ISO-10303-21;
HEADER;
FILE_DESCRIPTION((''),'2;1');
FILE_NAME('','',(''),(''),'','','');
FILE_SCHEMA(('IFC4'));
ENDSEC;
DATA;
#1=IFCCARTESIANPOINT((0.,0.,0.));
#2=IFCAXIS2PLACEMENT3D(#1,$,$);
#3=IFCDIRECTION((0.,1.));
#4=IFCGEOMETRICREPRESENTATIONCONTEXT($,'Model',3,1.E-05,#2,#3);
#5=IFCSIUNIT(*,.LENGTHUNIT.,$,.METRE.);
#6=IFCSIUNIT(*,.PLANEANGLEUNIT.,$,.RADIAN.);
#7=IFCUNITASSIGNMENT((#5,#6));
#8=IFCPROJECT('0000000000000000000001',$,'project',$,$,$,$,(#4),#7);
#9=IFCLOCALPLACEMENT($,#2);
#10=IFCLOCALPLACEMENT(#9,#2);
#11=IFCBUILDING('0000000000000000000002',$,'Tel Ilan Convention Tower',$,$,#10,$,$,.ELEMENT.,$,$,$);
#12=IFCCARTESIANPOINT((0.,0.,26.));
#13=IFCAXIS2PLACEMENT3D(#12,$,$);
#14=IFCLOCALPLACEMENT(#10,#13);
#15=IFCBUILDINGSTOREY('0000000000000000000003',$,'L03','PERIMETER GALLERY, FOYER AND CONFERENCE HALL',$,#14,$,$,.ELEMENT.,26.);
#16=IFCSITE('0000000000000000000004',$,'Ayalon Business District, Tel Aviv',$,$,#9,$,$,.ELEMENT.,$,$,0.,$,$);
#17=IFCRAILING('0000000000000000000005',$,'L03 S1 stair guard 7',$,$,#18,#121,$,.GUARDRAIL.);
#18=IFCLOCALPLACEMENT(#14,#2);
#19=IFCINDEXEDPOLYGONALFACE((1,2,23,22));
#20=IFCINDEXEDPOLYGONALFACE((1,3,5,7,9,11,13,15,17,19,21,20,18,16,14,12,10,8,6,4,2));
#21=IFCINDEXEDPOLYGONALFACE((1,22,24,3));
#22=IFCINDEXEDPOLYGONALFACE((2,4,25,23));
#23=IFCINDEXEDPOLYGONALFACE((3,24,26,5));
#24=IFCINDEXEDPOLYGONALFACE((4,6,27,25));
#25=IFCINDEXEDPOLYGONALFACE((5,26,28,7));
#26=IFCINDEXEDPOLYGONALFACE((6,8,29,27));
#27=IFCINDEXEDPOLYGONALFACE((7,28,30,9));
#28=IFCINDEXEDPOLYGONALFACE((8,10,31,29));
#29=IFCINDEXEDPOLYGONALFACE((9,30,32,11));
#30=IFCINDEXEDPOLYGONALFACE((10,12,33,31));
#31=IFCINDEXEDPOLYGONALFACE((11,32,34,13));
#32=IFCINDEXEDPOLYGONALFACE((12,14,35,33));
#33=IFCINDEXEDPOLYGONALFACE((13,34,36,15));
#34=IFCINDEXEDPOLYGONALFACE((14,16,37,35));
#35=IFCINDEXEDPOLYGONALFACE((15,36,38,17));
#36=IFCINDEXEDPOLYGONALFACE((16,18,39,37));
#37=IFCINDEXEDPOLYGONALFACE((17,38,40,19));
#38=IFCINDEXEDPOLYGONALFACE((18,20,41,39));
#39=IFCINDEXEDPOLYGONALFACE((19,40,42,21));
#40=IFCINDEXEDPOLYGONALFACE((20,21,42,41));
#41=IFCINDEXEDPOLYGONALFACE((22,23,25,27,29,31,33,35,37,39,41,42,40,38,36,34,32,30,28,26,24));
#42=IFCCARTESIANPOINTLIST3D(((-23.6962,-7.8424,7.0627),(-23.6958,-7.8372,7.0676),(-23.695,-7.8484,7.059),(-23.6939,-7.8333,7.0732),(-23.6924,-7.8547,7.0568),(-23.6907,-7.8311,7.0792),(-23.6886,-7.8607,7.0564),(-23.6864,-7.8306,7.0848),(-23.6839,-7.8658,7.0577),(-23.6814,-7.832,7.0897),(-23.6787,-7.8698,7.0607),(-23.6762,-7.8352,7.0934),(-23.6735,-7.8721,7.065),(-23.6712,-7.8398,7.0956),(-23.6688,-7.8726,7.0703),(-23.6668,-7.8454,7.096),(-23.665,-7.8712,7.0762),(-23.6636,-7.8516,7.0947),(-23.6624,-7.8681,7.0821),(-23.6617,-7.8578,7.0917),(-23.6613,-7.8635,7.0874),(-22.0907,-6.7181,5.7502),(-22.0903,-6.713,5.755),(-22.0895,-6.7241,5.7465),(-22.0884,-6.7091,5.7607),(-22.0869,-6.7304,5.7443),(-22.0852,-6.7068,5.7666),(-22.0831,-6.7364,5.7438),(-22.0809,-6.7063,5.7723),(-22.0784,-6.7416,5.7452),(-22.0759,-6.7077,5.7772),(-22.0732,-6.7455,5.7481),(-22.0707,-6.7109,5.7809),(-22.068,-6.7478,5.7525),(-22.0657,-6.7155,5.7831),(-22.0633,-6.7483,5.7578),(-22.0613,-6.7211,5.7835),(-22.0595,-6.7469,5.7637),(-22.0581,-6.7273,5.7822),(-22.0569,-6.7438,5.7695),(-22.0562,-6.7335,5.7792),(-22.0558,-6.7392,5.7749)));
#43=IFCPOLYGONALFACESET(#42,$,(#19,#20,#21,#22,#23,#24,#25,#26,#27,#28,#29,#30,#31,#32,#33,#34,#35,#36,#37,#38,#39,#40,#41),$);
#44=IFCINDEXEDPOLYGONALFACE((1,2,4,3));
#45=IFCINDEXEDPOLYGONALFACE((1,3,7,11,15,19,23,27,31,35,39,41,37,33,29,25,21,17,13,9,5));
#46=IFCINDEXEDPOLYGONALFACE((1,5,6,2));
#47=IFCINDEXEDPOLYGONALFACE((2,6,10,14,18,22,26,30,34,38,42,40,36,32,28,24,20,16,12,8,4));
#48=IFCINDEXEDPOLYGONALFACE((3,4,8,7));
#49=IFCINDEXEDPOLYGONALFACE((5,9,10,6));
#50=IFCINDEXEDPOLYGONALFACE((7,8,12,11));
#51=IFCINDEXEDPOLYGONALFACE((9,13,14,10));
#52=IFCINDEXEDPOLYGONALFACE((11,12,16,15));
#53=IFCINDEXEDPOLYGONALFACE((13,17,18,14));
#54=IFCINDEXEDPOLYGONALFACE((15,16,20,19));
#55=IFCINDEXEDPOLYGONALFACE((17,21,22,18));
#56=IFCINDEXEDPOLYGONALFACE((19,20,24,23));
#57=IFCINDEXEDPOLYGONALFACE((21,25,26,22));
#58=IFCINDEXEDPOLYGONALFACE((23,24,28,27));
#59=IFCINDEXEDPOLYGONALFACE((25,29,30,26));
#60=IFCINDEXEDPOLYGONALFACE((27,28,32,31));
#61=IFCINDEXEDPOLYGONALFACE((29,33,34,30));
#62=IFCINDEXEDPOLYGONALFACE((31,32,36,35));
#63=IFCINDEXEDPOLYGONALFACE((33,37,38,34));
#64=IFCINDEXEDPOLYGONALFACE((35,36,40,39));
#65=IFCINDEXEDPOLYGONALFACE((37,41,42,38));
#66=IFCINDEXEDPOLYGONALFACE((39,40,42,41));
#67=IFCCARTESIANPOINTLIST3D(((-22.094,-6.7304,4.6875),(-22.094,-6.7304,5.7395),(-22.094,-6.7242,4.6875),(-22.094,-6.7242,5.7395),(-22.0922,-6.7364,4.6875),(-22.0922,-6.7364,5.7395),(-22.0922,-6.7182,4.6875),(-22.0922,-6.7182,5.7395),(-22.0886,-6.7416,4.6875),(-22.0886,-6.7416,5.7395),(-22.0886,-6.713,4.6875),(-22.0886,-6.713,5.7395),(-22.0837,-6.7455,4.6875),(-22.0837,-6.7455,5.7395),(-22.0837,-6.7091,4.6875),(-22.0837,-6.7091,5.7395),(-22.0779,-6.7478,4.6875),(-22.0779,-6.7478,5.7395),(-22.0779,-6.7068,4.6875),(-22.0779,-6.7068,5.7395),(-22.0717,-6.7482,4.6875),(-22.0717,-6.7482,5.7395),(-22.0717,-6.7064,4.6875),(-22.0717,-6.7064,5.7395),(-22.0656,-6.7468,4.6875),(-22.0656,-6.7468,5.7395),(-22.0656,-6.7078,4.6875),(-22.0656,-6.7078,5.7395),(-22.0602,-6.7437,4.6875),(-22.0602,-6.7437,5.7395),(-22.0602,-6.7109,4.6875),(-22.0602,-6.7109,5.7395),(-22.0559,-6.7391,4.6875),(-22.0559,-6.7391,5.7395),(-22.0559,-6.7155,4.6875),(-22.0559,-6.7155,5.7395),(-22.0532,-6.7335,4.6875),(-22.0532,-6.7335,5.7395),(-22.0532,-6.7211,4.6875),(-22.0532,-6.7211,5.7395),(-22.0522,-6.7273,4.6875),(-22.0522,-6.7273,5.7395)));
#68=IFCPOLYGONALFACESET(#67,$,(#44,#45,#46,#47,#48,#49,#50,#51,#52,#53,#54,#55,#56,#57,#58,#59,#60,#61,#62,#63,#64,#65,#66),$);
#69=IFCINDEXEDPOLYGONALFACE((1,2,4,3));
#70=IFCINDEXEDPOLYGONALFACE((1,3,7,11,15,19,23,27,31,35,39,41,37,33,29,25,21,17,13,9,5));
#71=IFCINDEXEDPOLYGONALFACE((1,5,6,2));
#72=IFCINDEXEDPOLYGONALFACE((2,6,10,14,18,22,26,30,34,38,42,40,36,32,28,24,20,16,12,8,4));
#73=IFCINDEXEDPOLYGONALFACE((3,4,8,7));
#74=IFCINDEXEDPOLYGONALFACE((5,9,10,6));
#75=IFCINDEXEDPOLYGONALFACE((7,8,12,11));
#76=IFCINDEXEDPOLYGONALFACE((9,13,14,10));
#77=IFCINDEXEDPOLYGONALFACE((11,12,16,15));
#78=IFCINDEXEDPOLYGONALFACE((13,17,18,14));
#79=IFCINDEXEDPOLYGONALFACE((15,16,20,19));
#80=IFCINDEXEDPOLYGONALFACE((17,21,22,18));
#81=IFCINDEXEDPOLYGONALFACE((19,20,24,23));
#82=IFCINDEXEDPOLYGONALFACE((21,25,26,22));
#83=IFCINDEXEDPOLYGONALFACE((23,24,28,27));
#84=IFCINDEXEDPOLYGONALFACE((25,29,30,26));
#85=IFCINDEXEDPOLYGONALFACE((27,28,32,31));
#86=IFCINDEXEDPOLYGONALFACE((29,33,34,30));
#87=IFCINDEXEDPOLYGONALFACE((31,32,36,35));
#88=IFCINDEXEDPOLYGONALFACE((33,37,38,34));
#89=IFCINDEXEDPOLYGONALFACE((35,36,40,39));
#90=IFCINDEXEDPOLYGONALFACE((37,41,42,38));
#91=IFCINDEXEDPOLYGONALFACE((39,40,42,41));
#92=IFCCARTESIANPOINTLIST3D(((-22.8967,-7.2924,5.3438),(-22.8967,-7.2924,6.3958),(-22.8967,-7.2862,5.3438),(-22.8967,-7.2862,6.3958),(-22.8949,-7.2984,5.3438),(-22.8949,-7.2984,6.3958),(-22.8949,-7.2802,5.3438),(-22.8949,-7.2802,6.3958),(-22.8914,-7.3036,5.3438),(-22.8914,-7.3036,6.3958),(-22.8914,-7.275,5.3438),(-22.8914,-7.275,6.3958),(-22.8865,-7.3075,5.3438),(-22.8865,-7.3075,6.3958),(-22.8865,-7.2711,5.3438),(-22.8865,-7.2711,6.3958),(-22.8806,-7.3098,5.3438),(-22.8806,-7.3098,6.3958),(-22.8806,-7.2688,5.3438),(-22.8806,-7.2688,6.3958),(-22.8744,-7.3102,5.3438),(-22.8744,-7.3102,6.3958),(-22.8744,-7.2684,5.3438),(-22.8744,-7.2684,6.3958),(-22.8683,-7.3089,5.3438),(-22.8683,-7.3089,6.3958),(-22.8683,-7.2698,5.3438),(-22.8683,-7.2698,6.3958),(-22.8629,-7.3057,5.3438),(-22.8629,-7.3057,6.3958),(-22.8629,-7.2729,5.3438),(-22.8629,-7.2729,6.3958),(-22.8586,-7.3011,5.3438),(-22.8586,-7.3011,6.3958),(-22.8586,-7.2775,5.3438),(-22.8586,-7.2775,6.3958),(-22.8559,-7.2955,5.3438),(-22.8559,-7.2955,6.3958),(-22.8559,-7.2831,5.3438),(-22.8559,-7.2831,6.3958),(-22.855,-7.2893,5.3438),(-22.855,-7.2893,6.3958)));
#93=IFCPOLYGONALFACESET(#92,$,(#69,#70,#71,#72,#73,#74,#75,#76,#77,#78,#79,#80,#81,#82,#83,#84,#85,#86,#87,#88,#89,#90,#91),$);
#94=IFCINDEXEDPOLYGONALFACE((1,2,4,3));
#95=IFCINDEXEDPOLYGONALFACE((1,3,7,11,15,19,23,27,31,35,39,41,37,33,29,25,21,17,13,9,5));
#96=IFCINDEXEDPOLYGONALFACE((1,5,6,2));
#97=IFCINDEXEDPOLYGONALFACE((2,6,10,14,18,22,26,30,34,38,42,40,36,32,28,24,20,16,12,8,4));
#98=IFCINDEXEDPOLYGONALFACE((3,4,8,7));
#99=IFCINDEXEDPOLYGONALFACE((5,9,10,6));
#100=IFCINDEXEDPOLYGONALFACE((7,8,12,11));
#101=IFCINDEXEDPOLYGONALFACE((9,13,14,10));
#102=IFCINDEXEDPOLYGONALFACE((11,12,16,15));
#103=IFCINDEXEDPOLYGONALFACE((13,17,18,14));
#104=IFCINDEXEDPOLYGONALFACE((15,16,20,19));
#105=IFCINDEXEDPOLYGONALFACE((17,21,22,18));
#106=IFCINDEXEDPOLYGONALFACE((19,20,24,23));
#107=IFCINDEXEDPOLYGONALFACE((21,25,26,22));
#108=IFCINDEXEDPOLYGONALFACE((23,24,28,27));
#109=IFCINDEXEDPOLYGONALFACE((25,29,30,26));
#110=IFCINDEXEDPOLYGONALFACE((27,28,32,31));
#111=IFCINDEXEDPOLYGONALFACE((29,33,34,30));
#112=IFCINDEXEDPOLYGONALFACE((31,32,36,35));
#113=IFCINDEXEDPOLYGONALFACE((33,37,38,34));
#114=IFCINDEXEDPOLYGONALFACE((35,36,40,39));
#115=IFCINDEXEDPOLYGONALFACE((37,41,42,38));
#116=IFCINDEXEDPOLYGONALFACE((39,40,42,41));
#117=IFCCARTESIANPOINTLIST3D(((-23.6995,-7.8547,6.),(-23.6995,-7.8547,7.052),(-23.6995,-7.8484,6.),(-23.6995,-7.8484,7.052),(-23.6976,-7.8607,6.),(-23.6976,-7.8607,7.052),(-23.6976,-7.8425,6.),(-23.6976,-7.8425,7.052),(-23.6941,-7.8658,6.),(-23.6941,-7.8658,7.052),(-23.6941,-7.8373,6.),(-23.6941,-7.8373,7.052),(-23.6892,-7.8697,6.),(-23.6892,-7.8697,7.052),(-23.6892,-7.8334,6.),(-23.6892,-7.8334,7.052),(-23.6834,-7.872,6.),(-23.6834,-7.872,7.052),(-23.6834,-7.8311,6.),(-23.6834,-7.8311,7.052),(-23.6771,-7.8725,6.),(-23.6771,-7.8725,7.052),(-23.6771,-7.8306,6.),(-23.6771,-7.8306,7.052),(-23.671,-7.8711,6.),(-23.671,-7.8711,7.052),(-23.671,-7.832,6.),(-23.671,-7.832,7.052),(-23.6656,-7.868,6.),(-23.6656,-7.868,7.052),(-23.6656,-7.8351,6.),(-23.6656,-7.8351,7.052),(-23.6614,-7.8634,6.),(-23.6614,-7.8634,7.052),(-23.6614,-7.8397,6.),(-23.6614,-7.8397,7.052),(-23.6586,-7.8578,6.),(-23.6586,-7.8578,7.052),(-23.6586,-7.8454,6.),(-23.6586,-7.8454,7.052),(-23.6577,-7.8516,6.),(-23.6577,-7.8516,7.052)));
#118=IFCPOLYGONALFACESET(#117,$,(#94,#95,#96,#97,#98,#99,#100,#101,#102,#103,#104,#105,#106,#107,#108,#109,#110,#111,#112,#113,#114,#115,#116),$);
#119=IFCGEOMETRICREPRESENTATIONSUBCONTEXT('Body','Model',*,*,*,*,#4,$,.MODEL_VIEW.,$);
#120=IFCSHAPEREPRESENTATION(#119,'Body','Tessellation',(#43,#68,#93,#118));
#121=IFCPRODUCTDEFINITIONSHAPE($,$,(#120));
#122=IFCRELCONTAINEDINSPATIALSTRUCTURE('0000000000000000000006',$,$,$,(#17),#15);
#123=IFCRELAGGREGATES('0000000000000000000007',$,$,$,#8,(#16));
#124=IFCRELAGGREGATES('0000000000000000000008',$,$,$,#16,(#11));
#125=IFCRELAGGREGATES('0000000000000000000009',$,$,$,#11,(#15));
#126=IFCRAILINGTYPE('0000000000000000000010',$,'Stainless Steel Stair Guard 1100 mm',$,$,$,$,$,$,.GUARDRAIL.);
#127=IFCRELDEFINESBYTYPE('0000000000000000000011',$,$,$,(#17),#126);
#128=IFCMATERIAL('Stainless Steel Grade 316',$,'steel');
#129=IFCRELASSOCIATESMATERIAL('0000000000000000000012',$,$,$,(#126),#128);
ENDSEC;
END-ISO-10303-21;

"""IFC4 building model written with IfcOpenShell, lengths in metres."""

from ifc_helpers import new_model, si_unit, direction, frame, origin, origin_2d, place, context, subcontext, project, spatial, circle, extrude, material, type_object, element, save


model = new_model("IFC4")

# Units and contexts
model_context = context("Model", 3, precision=1e-05, world=origin(), true_north=direction((0.0, 1.0)))
body_context = subcontext(model_context, "Body", "Model", "MODEL_VIEW")
ifc_project = project(units=[si_unit("LENGTHUNIT", "METRE"), si_unit("PLANEANGLEUNIT", "RADIAN")], contexts=[model_context])

# Site, building, storey
site_placement = place(None, origin())
site = spatial("IfcSite", under=ifc_project, at=site_placement, Name="Ayalon Business District, Tel Aviv", CompositionType="ELEMENT", RefElevation=0.0)
building_placement = place(site_placement, origin())
building = spatial("IfcBuilding", under=site, at=building_placement, Name="Tel Ilan Convention Tower", CompositionType="ELEMENT")
storey_placement = place(building_placement, frame((0.0, 0.0, 26.0)))
storey = spatial("IfcBuildingStorey", under=building, at=storey_placement, Name="L03", Description="PERIMETER GALLERY, FOYER AND CONFERENCE HALL", CompositionType="ELEMENT", Elevation=26.0)

# Railing
ifc_material_1 = material(Name="Stainless Steel Grade 316", Category="steel")
railing_type_1 = type_object("IfcRailingType", Name="Stainless Steel Stair Guard 1100 mm", PredefinedType="GUARDRAIL", material=ifc_material_1)
railing_1_placement = place(storey_placement, frame((-22.0732, -6.7273, 4.6875)))
element("IfcRailing", 1, at=railing_1_placement, inside=storey, type_object=railing_type_1, Name="L03 S1 stair guard 7", PredefinedType="GUARDRAIL", context=body_context, shape_type="SweptSolid", body=[
    extrude(circle(Radius=0.0239, at=origin_2d()), frame((0.0, 0.0, 1.0762), z_axis=(-0.680616, -0.476617, 0.556416), x_axis=(0.573613, -0.819127, 0.0)), (0.0, 0.0, 1.0), 2.3589),
    extrude(circle(Radius=0.021, at=origin_2d()), origin(), (0.0, 0.0, 1.0), 1.052),
    extrude(circle(Radius=0.021, at=origin_2d()), frame((-0.8027, -0.562, 0.6562)), (0.0, 0.0, 1.0), 1.052),
    extrude(circle(Radius=0.021, at=origin_2d()), frame((-1.6055, -1.1243, 1.3125)), (0.0, 0.0, 1.0), 1.052),
])

save(model, "model.ifc")
